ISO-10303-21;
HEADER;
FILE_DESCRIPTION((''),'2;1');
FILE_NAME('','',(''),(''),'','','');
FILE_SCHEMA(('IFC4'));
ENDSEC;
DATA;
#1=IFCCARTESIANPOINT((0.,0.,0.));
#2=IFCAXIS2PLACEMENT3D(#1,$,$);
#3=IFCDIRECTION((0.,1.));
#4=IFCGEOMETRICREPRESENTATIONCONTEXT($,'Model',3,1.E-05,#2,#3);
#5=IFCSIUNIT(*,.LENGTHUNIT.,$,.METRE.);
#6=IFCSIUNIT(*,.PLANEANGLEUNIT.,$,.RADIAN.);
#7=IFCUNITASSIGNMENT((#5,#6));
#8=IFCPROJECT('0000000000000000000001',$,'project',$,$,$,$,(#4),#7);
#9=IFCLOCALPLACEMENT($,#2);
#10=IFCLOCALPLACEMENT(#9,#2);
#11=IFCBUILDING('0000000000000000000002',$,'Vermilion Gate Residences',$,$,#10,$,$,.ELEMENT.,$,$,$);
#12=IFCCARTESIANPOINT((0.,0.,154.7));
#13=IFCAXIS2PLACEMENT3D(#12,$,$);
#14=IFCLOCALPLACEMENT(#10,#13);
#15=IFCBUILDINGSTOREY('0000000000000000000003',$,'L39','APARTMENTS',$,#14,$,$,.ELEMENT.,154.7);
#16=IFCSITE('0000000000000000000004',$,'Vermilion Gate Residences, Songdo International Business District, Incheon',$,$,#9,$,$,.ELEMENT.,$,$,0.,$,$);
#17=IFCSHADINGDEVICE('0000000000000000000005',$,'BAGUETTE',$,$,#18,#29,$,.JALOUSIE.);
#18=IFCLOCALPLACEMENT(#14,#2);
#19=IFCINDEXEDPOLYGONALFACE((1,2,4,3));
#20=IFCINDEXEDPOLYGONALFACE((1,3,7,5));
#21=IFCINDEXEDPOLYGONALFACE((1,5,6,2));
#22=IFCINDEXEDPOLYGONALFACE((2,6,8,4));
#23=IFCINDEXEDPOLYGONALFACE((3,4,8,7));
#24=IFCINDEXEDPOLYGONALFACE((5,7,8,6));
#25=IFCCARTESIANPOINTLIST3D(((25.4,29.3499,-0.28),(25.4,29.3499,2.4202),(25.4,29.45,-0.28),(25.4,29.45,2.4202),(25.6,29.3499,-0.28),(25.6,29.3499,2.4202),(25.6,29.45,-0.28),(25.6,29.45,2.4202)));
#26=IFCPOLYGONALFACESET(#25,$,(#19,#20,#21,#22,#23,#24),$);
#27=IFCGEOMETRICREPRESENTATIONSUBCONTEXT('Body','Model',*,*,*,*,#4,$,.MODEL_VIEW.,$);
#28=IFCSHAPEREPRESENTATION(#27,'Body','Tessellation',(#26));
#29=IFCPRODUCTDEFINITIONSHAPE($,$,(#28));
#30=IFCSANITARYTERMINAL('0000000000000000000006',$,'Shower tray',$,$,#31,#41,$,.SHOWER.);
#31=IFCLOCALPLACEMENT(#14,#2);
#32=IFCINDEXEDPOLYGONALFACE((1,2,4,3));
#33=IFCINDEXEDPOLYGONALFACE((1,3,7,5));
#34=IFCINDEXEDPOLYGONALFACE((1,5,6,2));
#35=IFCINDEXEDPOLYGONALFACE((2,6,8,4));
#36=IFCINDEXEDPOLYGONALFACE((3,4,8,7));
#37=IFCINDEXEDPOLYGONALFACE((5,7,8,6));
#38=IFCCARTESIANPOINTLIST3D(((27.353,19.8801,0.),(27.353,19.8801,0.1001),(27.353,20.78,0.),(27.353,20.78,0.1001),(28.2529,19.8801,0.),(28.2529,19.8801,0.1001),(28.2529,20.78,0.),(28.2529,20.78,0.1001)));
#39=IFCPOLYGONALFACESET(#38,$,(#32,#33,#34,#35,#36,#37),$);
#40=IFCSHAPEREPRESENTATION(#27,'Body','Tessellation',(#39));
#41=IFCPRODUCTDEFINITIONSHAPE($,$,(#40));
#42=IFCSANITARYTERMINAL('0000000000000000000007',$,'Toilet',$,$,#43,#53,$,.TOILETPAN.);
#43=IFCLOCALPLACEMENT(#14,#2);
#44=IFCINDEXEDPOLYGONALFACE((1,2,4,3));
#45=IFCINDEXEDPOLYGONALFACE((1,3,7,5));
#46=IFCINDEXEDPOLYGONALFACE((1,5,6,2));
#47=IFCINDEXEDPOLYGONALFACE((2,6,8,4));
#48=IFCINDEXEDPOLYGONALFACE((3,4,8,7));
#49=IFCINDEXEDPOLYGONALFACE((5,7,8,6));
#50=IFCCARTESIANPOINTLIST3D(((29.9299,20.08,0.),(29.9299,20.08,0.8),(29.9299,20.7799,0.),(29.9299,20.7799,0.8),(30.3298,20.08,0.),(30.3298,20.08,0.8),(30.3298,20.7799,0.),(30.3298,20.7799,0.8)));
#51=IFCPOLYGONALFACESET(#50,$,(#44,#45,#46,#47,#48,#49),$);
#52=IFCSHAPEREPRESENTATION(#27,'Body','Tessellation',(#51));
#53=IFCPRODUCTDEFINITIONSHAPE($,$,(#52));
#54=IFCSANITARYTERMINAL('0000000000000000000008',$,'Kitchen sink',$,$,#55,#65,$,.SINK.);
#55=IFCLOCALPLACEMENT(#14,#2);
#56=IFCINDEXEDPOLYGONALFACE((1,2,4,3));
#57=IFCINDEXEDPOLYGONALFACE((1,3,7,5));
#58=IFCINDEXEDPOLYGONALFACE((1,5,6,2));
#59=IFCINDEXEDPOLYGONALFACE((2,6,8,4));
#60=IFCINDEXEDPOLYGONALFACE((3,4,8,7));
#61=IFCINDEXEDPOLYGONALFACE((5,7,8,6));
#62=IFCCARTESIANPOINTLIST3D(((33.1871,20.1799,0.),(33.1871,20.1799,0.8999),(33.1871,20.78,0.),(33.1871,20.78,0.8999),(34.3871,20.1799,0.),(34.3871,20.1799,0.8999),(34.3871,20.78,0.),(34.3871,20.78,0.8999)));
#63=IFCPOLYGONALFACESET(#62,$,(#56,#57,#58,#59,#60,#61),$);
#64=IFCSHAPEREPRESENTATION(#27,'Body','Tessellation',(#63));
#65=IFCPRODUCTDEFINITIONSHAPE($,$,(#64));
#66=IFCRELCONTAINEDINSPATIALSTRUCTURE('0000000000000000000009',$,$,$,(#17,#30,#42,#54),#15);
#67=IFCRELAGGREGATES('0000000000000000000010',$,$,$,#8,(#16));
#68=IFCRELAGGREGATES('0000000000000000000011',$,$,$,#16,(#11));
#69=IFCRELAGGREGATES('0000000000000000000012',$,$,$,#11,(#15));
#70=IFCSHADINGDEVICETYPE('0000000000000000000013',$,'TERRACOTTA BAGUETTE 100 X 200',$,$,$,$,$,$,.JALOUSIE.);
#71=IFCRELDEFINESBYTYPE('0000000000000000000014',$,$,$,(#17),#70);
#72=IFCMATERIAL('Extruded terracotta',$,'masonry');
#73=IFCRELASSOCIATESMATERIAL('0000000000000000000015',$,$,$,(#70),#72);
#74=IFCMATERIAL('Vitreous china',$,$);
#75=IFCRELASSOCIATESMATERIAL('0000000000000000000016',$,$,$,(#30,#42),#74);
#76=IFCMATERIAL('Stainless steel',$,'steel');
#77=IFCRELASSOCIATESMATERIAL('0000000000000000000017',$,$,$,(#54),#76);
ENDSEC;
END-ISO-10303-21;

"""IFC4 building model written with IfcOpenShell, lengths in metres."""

from ifc_helpers import new_model, si_unit, direction, frame, origin, origin_2d, place, context, subcontext, project, spatial, rectangle, extrude, material, material_profile, profile_set, type_object, element, save


model = new_model("IFC4")

# Units and contexts
model_context = context("Model", 3, precision=1e-05, world=origin(), true_north=direction((0.0, 1.0)))
body_context = subcontext(model_context, "Body", "Model", "MODEL_VIEW")
ifc_project = project(units=[si_unit("LENGTHUNIT", "METRE"), si_unit("PLANEANGLEUNIT", "RADIAN")], contexts=[model_context])

# Site, building, storey
site_placement = place(None, origin())
site = spatial("IfcSite", under=ifc_project, at=site_placement, Name="Vermilion Gate Residences, Songdo International Business District, Incheon", CompositionType="ELEMENT", RefElevation=0.0)
building_placement = place(site_placement, origin())
building = spatial("IfcBuilding", under=site, at=building_placement, Name="Vermilion Gate Residences", CompositionType="ELEMENT")
storey_placement = place(building_placement, frame((0.0, 0.0, 154.7)))
storey = spatial("IfcBuildingStorey", under=building, at=storey_placement, Name="L39", Description="APARTMENTS", CompositionType="ELEMENT", Elevation=154.7)

# Shading device
ifc_material_1 = material(Name="Extruded terracotta", Category="masonry")
ifc_material_profile_1 = material_profile(ifc_material_1, rectangle(XDim=0.2, YDim=0.1001, at=origin_2d()), Name="BAGUETTE 100 X 200")
ifc_profile_set_1 = profile_set([ifc_material_profile_1], Name="Extruded terracotta")
shading_device_type_1 = type_object("IfcShadingDeviceType", Name="TERRACOTTA BAGUETTE 100 X 200", PredefinedType="JALOUSIE", material=ifc_profile_set_1)
for number, where, z_axis, x_axis, name in (
    (1, (25.5, 29.3999, -0.28), (0.0, 0.0, 1.0), (-1.0, 0.0, 0.0), "BAGUETTE"),
):
    element("IfcShadingDevice", number, at=place(storey_placement, frame(where, z_axis=z_axis, x_axis=x_axis)), inside=storey, type_object=shading_device_type_1, Name=name, PredefinedType="JALOUSIE", context=body_context, shape_type="SweptSolid", body=[
        extrude(rectangle(XDim=0.2, YDim=0.1001, at=origin_2d()), origin(), (0.0, 0.0, 1.0), 2.7002),
    ])

# Sanitary terminals
ifc_material_2 = material(Name="Vitreous china")
sanitary_terminal_1_placement = place(storey_placement, frame((27.803, 20.3301, 0.0), z_axis=(0.0, 0.0, 1.0), x_axis=(1.0, 0.0, 0.0)))
element("IfcSanitaryTerminal", 2, at=sanitary_terminal_1_placement, inside=storey, material=ifc_material_2, Name="Shower tray", PredefinedType="SHOWER", context=body_context, shape_type="SweptSolid", body=[
    extrude(rectangle(XDim=0.8999, YDim=0.8999, at=origin_2d()), origin(), (0.0, 0.0, 1.0), 0.1001),
])
sanitary_terminal_2_placement = place(storey_placement, frame((30.1299, 20.4299, 0.0), z_axis=(0.0, 0.0, 1.0), x_axis=(1.0, 0.0, 0.0)))
element("IfcSanitaryTerminal", 3, at=sanitary_terminal_2_placement, inside=storey, material=ifc_material_2, Name="Toilet", PredefinedType="TOILETPAN", context=body_context, shape_type="SweptSolid", body=[
    extrude(rectangle(XDim=0.3999, YDim=0.7, at=origin_2d()), origin(), (0.0, 0.0, 1.0), 0.8),
])
ifc_material_3 = material(Name="Stainless steel", Category="steel")
sanitary_terminal_3_placement = place(storey_placement, frame((33.7871, 20.48, 0.0), z_axis=(0.0, 0.0, 1.0), x_axis=(1.0, 0.0, 0.0)))
element("IfcSanitaryTerminal", 4, at=sanitary_terminal_3_placement, inside=storey, material=ifc_material_3, Name="Kitchen sink", PredefinedType="SINK", context=body_context, shape_type="SweptSolid", body=[
    extrude(rectangle(XDim=1.2, YDim=0.6001, at=origin_2d()), origin(), (0.0, 0.0, 1.0), 0.8999),
])

save(model, "model.ifc")
